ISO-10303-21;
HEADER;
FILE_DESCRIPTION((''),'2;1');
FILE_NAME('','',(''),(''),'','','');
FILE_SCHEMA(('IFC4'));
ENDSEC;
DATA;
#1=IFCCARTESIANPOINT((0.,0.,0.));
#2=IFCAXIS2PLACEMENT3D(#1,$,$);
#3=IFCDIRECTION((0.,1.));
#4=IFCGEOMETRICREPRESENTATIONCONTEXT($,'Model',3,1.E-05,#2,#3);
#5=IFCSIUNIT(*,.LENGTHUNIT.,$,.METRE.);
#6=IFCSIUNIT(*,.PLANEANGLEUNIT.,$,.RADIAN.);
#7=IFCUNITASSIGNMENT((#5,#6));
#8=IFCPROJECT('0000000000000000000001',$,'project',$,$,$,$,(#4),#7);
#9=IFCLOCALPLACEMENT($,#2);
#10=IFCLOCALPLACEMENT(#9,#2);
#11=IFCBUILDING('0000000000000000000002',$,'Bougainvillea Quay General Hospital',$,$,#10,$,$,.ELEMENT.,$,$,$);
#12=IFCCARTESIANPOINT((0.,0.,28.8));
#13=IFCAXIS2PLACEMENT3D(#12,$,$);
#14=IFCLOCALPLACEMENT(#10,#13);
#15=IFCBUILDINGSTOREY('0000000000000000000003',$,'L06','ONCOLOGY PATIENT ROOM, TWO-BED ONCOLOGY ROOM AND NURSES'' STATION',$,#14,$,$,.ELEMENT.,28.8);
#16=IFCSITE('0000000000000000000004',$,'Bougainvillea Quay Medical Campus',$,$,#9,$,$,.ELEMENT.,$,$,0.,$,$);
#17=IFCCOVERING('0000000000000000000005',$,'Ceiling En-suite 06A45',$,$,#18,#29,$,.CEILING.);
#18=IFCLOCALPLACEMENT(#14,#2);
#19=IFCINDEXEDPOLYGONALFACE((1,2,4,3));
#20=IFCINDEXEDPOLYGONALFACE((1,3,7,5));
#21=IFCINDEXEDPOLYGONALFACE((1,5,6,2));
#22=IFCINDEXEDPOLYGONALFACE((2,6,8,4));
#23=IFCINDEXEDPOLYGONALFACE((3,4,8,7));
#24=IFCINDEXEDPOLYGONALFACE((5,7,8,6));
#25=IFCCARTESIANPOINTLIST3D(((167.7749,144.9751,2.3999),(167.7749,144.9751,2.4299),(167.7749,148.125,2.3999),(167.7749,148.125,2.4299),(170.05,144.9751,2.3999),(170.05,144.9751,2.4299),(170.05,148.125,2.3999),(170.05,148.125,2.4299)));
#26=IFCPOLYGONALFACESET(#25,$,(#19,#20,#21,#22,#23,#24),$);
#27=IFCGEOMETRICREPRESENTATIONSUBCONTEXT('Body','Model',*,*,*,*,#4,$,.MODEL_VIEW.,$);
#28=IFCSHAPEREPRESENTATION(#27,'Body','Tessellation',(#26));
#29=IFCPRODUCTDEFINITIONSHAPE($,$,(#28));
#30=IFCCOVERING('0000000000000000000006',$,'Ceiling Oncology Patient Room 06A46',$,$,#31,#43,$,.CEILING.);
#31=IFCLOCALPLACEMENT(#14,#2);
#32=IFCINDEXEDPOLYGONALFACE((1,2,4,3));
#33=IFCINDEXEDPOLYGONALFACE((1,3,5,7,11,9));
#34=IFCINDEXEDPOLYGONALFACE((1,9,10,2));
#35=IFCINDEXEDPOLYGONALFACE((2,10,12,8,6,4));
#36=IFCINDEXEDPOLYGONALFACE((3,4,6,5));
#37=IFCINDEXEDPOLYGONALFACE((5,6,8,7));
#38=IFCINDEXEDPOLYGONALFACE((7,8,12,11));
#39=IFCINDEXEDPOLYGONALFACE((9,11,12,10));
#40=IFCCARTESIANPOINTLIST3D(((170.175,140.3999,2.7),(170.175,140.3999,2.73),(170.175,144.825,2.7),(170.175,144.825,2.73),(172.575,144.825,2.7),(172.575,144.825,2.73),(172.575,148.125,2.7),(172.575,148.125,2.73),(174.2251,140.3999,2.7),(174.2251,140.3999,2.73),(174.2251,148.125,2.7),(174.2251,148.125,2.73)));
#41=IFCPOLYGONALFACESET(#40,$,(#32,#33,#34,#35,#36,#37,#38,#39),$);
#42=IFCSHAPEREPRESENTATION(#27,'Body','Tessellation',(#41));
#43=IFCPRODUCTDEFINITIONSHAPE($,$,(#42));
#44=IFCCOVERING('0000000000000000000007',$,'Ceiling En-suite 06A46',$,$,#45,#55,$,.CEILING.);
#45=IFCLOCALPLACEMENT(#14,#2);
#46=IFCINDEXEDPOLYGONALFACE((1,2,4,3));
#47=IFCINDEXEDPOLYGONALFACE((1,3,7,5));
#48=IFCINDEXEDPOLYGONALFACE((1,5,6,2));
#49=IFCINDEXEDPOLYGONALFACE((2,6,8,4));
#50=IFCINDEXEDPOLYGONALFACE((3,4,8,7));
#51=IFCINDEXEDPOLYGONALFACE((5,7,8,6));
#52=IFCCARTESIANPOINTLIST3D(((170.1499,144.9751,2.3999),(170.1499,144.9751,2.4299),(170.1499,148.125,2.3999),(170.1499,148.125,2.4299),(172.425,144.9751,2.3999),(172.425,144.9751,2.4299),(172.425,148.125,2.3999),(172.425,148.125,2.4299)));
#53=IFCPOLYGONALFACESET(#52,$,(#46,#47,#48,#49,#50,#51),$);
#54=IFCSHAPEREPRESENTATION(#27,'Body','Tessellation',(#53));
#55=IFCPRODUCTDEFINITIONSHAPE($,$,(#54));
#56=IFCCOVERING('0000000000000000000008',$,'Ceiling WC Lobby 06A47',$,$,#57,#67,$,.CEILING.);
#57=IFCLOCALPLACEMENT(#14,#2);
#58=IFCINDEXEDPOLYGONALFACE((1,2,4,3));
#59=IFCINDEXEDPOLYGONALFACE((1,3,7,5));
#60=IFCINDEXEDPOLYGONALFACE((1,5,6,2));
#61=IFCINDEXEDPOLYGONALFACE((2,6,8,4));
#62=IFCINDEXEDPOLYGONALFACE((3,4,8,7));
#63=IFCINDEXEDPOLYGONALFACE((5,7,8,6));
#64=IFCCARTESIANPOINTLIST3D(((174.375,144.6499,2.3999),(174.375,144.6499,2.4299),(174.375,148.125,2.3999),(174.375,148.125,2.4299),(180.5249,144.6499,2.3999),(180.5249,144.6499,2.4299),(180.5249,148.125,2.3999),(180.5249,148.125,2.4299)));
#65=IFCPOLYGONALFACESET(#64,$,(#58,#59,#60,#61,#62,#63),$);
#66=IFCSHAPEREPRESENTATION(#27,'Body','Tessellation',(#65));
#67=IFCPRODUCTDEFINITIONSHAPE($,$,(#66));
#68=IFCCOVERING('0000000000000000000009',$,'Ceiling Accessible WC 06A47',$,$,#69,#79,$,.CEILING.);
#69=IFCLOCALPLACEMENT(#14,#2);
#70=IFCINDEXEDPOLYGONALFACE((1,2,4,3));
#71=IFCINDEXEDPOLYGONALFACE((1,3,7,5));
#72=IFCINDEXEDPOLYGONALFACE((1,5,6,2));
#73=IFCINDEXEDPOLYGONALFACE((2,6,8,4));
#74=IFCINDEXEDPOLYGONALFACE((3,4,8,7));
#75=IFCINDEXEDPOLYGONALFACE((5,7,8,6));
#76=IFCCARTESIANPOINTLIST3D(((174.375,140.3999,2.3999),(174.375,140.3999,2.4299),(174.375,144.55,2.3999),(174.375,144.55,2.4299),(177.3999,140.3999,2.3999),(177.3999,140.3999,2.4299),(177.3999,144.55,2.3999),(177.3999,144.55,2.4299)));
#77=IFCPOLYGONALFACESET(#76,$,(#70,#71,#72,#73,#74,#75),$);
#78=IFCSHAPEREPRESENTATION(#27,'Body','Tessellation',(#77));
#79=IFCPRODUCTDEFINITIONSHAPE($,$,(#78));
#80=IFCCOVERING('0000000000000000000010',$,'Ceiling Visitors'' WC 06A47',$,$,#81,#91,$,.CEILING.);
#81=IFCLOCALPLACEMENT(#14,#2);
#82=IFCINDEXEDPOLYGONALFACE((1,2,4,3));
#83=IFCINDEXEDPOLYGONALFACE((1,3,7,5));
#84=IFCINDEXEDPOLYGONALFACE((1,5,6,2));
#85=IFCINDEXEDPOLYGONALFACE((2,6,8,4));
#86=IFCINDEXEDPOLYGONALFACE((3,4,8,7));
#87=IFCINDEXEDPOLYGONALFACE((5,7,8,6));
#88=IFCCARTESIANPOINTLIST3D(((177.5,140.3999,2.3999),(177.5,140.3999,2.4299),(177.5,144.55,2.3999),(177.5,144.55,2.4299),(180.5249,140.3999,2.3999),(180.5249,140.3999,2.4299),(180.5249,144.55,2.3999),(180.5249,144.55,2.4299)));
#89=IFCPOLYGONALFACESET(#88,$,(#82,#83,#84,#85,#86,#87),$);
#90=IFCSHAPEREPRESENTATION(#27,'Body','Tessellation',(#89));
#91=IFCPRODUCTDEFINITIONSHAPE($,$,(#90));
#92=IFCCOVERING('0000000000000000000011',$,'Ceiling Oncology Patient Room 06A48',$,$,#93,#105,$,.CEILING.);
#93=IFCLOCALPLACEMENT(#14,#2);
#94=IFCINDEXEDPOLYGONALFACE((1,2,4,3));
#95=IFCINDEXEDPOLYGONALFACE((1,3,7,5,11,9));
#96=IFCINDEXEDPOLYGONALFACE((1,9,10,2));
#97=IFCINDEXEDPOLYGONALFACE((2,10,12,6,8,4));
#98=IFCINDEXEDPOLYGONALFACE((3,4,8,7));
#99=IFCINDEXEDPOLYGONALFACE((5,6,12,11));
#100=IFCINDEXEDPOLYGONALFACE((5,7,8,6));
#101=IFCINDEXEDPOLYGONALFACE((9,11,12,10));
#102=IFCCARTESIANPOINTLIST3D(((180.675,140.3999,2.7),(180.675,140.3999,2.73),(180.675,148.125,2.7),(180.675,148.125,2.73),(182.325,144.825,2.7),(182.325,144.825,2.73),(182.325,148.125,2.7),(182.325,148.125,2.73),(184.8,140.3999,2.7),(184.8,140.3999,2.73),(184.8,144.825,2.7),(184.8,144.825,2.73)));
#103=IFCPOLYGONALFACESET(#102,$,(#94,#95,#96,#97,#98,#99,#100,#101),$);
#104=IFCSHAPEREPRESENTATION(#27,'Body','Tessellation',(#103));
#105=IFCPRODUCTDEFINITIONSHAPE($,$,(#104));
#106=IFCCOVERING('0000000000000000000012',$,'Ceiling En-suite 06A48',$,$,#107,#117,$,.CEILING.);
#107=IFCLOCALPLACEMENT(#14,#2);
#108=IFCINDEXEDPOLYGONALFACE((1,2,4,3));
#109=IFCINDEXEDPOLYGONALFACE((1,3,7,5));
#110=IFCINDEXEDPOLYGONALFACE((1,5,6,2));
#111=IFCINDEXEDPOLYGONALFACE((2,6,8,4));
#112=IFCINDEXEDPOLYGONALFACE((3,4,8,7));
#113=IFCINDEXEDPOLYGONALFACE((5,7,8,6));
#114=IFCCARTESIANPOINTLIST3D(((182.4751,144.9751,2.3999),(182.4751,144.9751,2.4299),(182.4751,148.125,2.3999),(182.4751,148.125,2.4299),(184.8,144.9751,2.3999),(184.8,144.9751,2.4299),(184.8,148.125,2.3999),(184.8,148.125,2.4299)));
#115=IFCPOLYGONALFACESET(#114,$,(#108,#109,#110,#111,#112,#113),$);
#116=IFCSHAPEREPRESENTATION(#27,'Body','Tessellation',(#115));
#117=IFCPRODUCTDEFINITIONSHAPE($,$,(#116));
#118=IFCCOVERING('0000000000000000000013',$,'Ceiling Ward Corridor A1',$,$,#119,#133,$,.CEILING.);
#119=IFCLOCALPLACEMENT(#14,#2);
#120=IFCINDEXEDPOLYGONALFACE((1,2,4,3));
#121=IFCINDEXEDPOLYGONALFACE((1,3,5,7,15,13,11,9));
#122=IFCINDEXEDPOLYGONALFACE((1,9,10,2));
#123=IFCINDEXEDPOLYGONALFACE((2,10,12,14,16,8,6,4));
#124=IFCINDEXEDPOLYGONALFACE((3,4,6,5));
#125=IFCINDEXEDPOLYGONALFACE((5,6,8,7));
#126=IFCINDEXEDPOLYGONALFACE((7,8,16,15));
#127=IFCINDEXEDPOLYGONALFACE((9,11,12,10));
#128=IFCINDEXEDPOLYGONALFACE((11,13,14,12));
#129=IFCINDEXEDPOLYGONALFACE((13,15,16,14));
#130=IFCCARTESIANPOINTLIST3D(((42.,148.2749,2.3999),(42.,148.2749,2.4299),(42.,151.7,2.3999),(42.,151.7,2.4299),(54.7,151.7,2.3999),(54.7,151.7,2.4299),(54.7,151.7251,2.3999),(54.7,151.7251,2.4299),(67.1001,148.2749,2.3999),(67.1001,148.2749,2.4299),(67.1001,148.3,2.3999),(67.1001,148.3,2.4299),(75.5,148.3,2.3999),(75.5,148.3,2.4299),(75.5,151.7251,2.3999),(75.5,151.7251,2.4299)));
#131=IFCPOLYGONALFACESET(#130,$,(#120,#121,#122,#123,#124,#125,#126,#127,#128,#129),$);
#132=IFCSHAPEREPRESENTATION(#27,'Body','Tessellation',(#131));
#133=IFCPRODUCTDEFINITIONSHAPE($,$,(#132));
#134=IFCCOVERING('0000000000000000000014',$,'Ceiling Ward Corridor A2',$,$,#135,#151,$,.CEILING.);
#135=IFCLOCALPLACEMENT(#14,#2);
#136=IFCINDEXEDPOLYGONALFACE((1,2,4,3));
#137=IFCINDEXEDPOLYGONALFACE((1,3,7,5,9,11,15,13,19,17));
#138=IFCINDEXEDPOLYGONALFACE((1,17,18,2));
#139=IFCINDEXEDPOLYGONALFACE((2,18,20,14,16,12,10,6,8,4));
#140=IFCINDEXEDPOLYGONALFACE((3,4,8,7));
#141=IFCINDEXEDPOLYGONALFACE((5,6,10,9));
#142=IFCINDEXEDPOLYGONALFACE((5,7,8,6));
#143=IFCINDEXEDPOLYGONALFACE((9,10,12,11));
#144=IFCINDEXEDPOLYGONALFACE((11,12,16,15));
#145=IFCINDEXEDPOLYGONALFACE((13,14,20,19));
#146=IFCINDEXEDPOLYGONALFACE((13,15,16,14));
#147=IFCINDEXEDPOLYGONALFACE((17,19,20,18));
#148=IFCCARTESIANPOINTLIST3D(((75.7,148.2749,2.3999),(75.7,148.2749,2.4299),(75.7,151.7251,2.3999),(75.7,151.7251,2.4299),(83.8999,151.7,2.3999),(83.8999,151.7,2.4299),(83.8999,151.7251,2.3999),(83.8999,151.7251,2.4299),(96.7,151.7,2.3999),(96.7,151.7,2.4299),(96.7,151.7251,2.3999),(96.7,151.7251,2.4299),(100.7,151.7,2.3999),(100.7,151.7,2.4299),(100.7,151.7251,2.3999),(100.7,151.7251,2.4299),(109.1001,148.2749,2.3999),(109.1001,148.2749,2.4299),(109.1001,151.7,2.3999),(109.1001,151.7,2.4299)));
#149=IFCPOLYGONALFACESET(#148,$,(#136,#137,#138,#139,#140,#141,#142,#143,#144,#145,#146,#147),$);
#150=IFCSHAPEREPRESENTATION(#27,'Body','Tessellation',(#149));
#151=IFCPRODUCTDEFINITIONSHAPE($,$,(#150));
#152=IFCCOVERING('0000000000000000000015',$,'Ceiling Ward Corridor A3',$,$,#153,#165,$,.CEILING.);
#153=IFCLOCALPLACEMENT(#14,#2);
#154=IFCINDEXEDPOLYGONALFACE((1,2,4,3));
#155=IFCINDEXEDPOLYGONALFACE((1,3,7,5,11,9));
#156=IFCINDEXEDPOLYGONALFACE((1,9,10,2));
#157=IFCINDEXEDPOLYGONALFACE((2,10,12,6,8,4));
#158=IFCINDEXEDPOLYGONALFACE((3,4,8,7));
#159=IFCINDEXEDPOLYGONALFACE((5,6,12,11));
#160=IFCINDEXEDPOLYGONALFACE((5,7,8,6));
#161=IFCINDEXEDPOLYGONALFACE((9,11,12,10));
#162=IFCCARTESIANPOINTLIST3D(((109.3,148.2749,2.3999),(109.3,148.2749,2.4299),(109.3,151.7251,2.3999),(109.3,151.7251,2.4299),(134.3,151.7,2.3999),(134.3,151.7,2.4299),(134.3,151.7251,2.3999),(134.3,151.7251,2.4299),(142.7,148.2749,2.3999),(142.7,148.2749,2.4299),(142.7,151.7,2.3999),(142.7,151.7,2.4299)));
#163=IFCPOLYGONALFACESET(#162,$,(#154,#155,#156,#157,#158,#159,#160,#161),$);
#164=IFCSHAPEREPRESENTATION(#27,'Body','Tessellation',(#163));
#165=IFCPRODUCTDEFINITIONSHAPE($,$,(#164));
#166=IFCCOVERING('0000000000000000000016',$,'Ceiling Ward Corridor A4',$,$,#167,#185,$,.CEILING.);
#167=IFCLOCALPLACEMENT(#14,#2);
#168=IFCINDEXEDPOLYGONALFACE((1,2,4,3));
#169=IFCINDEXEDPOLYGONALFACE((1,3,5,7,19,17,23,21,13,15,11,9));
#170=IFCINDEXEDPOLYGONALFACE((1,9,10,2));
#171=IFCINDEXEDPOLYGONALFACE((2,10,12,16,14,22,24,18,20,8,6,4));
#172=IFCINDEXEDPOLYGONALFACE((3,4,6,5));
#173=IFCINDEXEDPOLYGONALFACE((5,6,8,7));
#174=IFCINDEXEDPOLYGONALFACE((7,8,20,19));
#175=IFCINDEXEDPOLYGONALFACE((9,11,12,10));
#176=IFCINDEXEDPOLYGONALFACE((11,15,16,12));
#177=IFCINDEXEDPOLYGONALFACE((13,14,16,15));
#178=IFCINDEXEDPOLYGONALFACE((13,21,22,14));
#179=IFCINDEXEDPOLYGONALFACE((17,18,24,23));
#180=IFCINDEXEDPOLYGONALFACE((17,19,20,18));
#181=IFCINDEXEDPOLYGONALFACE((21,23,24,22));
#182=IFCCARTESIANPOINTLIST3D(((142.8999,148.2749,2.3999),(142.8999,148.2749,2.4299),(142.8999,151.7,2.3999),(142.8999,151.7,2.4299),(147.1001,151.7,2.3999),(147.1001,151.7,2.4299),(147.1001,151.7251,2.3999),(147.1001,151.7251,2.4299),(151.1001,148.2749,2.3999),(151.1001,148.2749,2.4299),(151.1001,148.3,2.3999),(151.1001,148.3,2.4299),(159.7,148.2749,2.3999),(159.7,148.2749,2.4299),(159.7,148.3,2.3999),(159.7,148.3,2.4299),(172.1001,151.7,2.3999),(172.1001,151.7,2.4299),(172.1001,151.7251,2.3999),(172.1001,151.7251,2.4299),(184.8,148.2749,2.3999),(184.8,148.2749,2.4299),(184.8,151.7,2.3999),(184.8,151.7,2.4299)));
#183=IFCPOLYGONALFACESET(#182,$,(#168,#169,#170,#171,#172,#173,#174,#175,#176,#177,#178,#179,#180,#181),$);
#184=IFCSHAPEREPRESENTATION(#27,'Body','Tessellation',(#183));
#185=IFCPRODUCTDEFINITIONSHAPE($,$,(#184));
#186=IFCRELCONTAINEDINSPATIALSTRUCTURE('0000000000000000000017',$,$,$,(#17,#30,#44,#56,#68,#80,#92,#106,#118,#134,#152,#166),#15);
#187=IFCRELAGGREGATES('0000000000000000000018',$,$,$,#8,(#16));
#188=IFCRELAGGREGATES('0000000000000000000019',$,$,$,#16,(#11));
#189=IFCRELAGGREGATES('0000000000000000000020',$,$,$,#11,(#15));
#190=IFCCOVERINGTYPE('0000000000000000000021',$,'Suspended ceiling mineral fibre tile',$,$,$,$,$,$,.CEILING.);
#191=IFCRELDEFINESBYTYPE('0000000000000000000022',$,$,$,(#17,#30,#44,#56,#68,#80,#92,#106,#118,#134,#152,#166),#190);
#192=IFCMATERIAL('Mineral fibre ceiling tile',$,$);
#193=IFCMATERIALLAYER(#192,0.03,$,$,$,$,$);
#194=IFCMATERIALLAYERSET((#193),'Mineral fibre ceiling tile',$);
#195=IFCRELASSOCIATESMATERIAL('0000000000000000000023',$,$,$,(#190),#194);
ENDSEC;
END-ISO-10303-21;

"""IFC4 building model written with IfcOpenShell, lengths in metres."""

from ifc_helpers import new_model, si_unit, direction, frame, origin, place, context, subcontext, project, spatial, polyline, outline, extrude, material, layer, layer_set, type_object, element, save


model = new_model("IFC4")

# Units and contexts
model_context = context("Model", 3, precision=1e-05, world=origin(), true_north=direction((0.0, 1.0)))
body_context = subcontext(model_context, "Body", "Model", "MODEL_VIEW")
ifc_project = project(units=[si_unit("LENGTHUNIT", "METRE"), si_unit("PLANEANGLEUNIT", "RADIAN")], contexts=[model_context])

# Site, building, storey
site_placement = place(None, origin())
site = spatial("IfcSite", under=ifc_project, at=site_placement, Name="Bougainvillea Quay Medical Campus", CompositionType="ELEMENT", RefElevation=0.0)
building_placement = place(site_placement, origin())
building = spatial("IfcBuilding", under=site, at=building_placement, Name="Bougainvillea Quay General Hospital", CompositionType="ELEMENT")
storey_placement = place(building_placement, frame((0.0, 0.0, 28.8)))
storey = spatial("IfcBuildingStorey", under=building, at=storey_placement, Name="L06", Description="ONCOLOGY PATIENT ROOM, TWO-BED ONCOLOGY ROOM AND NURSES' STATION", CompositionType="ELEMENT", Elevation=28.8)

# Coverings
ifc_material_1 = material(Name="Mineral fibre ceiling tile")
ifc_layer_1 = layer(ifc_material_1, 0.03)
ifc_layer_set_1 = layer_set([ifc_layer_1], Name="Mineral fibre ceiling tile")
covering_type = type_object("IfcCoveringType", Name="Suspended ceiling mineral fibre tile", PredefinedType="CEILING", material=ifc_layer_set_1)
covering_1_placement = place(storey_placement, frame((0.0, 0.0, 2.3999)))
element("IfcCovering", 1, at=covering_1_placement, inside=storey, type_object=covering_type, Name="Ceiling En-suite 06A45", PredefinedType="CEILING", context=body_context, shape_type="SweptSolid", body=[
    extrude(outline(polyline([(167.7749, 148.125), (167.7749, 144.9751), (170.05, 144.9751), (170.05, 148.125), (167.7749, 148.125)])), origin(), (0.0, 0.0, 1.0), 0.03),
])
covering_2_placement = place(storey_placement, frame((0.0, 0.0, 2.7)))
element("IfcCovering", 2, at=covering_2_placement, inside=storey, type_object=covering_type, Name="Ceiling Oncology Patient Room 06A46", PredefinedType="CEILING", context=body_context, shape_type="SweptSolid", body=[
    extrude(outline(polyline([(174.2251, 140.3999), (174.2251, 148.125), (172.575, 148.125), (172.575, 144.825), (170.175, 144.825), (170.175, 140.3999), (174.2251, 140.3999)])), origin(), (0.0, 0.0, 1.0), 0.03),
])
covering_3_placement = place(storey_placement, frame((0.0, 0.0, 2.3999)))
element("IfcCovering", 3, at=covering_3_placement, inside=storey, type_object=covering_type, Name="Ceiling En-suite 06A46", PredefinedType="CEILING", context=body_context, shape_type="SweptSolid", body=[
    extrude(outline(polyline([(170.1499, 148.125), (170.1499, 144.9751), (172.425, 144.9751), (172.425, 148.125), (170.1499, 148.125)])), origin(), (0.0, 0.0, 1.0), 0.03),
])
covering_4_placement = place(storey_placement, frame((0.0, 0.0, 2.3999)))
element("IfcCovering", 4, at=covering_4_placement, inside=storey, type_object=covering_type, Name="Ceiling WC Lobby 06A47", PredefinedType="CEILING", context=body_context, shape_type="SweptSolid", body=[
    extrude(outline(polyline([(180.5249, 148.125), (174.375, 148.125), (174.375, 144.6499), (180.5249, 144.6499), (180.5249, 148.125)])), origin(), (0.0, 0.0, 1.0), 0.03),
])
covering_5_placement = place(storey_placement, frame((0.0, 0.0, 2.3999)))
element("IfcCovering", 5, at=covering_5_placement, inside=storey, type_object=covering_type, Name="Ceiling Accessible WC 06A47", PredefinedType="CEILING", context=body_context, shape_type="SweptSolid", body=[
    extrude(outline(polyline([(177.3999, 140.3999), (177.3999, 144.55), (174.375, 144.55), (174.375, 140.3999), (177.3999, 140.3999)])), origin(), (0.0, 0.0, 1.0), 0.03),
])
covering_6_placement = place(storey_placement, frame((0.0, 0.0, 2.3999)))
element("IfcCovering", 6, at=covering_6_placement, inside=storey, type_object=covering_type, Name="Ceiling Visitors' WC 06A47", PredefinedType="CEILING", context=body_context, shape_type="SweptSolid", body=[
    extrude(outline(polyline([(180.5249, 140.3999), (180.5249, 144.55), (177.5, 144.55), (177.5, 140.3999), (180.5249, 140.3999)])), origin(), (0.0, 0.0, 1.0), 0.03),
])
covering_7_placement = place(storey_placement, frame((0.0, 0.0, 2.7)))
element("IfcCovering", 7, at=covering_7_placement, inside=storey, type_object=covering_type, Name="Ceiling Oncology Patient Room 06A48", PredefinedType="CEILING", context=body_context, shape_type="SweptSolid", body=[
    extrude(outline(polyline([(184.8, 140.3999), (184.8, 144.825), (182.325, 144.825), (182.325, 148.125), (180.675, 148.125), (180.675, 140.3999), (184.8, 140.3999)])), origin(), (0.0, 0.0, 1.0), 0.03),
])
covering_8_placement = place(storey_placement, frame((0.0, 0.0, 2.3999)))
element("IfcCovering", 8, at=covering_8_placement, inside=storey, type_object=covering_type, Name="Ceiling En-suite 06A48", PredefinedType="CEILING", context=body_context, shape_type="SweptSolid", body=[
    extrude(outline(polyline([(184.8, 148.125), (182.4751, 148.125), (182.4751, 144.9751), (184.8, 144.9751), (184.8, 148.125)])), origin(), (0.0, 0.0, 1.0), 0.03),
])
covering_9_placement = place(storey_placement, frame((0.0, 0.0, 2.3999)))
element("IfcCovering", 9, at=covering_9_placement, inside=storey, type_object=covering_type, Name="Ceiling Ward Corridor A1", PredefinedType="CEILING", context=body_context, shape_type="SweptSolid", body=[
    extrude(outline(polyline([(42.0, 148.2749), (67.1001, 148.2749), (67.1001, 148.3), (75.5, 148.3), (75.5, 151.7251), (54.7, 151.7251), (54.7, 151.7), (42.0, 151.7), (42.0, 148.2749)])), origin(), (0.0, 0.0, 1.0), 0.03),
])
covering_10_placement = place(storey_placement, frame((0.0, 0.0, 2.3999)))
element("IfcCovering", 10, at=covering_10_placement, inside=storey, type_object=covering_type, Name="Ceiling Ward Corridor A2", PredefinedType="CEILING", context=body_context, shape_type="SweptSolid", body=[
    extrude(outline(polyline([(96.7, 151.7251), (96.7, 151.7), (83.8999, 151.7), (83.8999, 151.7251), (75.7, 151.7251), (75.7, 148.2749), (109.1001, 148.2749), (109.1001, 151.7), (100.7, 151.7), (100.7, 151.7251), (96.7, 151.7251)])), origin(), (0.0, 0.0, 1.0), 0.03),
])
covering_11_placement = place(storey_placement, frame((0.0, 0.0, 2.3999)))
element("IfcCovering", 11, at=covering_11_placement, inside=storey, type_object=covering_type, Name="Ceiling Ward Corridor A3", PredefinedType="CEILING", context=body_context, shape_type="SweptSolid", body=[
    extrude(outline(polyline([(109.3, 148.2749), (142.7, 148.2749), (142.7, 151.7), (134.3, 151.7), (134.3, 151.7251), (109.3, 151.7251), (109.3, 148.2749)])), origin(), (0.0, 0.0, 1.0), 0.03),
])
covering_12_placement = place(storey_placement, frame((0.0, 0.0, 2.3999)))
element("IfcCovering", 12, at=covering_12_placement, inside=storey, type_object=covering_type, Name="Ceiling Ward Corridor A4", PredefinedType="CEILING", context=body_context, shape_type="SweptSolid", body=[
    extrude(outline(polyline([(184.8, 151.7), (172.1001, 151.7), (172.1001, 151.7251), (147.1001, 151.7251), (147.1001, 151.7), (142.8999, 151.7), (142.8999, 148.2749), (151.1001, 148.2749), (151.1001, 148.3), (159.7, 148.3), (159.7, 148.2749), (184.8, 148.2749), (184.8, 151.7)])), origin(), (0.0, 0.0, 1.0), 0.03),
])

save(model, "model.ifc")
